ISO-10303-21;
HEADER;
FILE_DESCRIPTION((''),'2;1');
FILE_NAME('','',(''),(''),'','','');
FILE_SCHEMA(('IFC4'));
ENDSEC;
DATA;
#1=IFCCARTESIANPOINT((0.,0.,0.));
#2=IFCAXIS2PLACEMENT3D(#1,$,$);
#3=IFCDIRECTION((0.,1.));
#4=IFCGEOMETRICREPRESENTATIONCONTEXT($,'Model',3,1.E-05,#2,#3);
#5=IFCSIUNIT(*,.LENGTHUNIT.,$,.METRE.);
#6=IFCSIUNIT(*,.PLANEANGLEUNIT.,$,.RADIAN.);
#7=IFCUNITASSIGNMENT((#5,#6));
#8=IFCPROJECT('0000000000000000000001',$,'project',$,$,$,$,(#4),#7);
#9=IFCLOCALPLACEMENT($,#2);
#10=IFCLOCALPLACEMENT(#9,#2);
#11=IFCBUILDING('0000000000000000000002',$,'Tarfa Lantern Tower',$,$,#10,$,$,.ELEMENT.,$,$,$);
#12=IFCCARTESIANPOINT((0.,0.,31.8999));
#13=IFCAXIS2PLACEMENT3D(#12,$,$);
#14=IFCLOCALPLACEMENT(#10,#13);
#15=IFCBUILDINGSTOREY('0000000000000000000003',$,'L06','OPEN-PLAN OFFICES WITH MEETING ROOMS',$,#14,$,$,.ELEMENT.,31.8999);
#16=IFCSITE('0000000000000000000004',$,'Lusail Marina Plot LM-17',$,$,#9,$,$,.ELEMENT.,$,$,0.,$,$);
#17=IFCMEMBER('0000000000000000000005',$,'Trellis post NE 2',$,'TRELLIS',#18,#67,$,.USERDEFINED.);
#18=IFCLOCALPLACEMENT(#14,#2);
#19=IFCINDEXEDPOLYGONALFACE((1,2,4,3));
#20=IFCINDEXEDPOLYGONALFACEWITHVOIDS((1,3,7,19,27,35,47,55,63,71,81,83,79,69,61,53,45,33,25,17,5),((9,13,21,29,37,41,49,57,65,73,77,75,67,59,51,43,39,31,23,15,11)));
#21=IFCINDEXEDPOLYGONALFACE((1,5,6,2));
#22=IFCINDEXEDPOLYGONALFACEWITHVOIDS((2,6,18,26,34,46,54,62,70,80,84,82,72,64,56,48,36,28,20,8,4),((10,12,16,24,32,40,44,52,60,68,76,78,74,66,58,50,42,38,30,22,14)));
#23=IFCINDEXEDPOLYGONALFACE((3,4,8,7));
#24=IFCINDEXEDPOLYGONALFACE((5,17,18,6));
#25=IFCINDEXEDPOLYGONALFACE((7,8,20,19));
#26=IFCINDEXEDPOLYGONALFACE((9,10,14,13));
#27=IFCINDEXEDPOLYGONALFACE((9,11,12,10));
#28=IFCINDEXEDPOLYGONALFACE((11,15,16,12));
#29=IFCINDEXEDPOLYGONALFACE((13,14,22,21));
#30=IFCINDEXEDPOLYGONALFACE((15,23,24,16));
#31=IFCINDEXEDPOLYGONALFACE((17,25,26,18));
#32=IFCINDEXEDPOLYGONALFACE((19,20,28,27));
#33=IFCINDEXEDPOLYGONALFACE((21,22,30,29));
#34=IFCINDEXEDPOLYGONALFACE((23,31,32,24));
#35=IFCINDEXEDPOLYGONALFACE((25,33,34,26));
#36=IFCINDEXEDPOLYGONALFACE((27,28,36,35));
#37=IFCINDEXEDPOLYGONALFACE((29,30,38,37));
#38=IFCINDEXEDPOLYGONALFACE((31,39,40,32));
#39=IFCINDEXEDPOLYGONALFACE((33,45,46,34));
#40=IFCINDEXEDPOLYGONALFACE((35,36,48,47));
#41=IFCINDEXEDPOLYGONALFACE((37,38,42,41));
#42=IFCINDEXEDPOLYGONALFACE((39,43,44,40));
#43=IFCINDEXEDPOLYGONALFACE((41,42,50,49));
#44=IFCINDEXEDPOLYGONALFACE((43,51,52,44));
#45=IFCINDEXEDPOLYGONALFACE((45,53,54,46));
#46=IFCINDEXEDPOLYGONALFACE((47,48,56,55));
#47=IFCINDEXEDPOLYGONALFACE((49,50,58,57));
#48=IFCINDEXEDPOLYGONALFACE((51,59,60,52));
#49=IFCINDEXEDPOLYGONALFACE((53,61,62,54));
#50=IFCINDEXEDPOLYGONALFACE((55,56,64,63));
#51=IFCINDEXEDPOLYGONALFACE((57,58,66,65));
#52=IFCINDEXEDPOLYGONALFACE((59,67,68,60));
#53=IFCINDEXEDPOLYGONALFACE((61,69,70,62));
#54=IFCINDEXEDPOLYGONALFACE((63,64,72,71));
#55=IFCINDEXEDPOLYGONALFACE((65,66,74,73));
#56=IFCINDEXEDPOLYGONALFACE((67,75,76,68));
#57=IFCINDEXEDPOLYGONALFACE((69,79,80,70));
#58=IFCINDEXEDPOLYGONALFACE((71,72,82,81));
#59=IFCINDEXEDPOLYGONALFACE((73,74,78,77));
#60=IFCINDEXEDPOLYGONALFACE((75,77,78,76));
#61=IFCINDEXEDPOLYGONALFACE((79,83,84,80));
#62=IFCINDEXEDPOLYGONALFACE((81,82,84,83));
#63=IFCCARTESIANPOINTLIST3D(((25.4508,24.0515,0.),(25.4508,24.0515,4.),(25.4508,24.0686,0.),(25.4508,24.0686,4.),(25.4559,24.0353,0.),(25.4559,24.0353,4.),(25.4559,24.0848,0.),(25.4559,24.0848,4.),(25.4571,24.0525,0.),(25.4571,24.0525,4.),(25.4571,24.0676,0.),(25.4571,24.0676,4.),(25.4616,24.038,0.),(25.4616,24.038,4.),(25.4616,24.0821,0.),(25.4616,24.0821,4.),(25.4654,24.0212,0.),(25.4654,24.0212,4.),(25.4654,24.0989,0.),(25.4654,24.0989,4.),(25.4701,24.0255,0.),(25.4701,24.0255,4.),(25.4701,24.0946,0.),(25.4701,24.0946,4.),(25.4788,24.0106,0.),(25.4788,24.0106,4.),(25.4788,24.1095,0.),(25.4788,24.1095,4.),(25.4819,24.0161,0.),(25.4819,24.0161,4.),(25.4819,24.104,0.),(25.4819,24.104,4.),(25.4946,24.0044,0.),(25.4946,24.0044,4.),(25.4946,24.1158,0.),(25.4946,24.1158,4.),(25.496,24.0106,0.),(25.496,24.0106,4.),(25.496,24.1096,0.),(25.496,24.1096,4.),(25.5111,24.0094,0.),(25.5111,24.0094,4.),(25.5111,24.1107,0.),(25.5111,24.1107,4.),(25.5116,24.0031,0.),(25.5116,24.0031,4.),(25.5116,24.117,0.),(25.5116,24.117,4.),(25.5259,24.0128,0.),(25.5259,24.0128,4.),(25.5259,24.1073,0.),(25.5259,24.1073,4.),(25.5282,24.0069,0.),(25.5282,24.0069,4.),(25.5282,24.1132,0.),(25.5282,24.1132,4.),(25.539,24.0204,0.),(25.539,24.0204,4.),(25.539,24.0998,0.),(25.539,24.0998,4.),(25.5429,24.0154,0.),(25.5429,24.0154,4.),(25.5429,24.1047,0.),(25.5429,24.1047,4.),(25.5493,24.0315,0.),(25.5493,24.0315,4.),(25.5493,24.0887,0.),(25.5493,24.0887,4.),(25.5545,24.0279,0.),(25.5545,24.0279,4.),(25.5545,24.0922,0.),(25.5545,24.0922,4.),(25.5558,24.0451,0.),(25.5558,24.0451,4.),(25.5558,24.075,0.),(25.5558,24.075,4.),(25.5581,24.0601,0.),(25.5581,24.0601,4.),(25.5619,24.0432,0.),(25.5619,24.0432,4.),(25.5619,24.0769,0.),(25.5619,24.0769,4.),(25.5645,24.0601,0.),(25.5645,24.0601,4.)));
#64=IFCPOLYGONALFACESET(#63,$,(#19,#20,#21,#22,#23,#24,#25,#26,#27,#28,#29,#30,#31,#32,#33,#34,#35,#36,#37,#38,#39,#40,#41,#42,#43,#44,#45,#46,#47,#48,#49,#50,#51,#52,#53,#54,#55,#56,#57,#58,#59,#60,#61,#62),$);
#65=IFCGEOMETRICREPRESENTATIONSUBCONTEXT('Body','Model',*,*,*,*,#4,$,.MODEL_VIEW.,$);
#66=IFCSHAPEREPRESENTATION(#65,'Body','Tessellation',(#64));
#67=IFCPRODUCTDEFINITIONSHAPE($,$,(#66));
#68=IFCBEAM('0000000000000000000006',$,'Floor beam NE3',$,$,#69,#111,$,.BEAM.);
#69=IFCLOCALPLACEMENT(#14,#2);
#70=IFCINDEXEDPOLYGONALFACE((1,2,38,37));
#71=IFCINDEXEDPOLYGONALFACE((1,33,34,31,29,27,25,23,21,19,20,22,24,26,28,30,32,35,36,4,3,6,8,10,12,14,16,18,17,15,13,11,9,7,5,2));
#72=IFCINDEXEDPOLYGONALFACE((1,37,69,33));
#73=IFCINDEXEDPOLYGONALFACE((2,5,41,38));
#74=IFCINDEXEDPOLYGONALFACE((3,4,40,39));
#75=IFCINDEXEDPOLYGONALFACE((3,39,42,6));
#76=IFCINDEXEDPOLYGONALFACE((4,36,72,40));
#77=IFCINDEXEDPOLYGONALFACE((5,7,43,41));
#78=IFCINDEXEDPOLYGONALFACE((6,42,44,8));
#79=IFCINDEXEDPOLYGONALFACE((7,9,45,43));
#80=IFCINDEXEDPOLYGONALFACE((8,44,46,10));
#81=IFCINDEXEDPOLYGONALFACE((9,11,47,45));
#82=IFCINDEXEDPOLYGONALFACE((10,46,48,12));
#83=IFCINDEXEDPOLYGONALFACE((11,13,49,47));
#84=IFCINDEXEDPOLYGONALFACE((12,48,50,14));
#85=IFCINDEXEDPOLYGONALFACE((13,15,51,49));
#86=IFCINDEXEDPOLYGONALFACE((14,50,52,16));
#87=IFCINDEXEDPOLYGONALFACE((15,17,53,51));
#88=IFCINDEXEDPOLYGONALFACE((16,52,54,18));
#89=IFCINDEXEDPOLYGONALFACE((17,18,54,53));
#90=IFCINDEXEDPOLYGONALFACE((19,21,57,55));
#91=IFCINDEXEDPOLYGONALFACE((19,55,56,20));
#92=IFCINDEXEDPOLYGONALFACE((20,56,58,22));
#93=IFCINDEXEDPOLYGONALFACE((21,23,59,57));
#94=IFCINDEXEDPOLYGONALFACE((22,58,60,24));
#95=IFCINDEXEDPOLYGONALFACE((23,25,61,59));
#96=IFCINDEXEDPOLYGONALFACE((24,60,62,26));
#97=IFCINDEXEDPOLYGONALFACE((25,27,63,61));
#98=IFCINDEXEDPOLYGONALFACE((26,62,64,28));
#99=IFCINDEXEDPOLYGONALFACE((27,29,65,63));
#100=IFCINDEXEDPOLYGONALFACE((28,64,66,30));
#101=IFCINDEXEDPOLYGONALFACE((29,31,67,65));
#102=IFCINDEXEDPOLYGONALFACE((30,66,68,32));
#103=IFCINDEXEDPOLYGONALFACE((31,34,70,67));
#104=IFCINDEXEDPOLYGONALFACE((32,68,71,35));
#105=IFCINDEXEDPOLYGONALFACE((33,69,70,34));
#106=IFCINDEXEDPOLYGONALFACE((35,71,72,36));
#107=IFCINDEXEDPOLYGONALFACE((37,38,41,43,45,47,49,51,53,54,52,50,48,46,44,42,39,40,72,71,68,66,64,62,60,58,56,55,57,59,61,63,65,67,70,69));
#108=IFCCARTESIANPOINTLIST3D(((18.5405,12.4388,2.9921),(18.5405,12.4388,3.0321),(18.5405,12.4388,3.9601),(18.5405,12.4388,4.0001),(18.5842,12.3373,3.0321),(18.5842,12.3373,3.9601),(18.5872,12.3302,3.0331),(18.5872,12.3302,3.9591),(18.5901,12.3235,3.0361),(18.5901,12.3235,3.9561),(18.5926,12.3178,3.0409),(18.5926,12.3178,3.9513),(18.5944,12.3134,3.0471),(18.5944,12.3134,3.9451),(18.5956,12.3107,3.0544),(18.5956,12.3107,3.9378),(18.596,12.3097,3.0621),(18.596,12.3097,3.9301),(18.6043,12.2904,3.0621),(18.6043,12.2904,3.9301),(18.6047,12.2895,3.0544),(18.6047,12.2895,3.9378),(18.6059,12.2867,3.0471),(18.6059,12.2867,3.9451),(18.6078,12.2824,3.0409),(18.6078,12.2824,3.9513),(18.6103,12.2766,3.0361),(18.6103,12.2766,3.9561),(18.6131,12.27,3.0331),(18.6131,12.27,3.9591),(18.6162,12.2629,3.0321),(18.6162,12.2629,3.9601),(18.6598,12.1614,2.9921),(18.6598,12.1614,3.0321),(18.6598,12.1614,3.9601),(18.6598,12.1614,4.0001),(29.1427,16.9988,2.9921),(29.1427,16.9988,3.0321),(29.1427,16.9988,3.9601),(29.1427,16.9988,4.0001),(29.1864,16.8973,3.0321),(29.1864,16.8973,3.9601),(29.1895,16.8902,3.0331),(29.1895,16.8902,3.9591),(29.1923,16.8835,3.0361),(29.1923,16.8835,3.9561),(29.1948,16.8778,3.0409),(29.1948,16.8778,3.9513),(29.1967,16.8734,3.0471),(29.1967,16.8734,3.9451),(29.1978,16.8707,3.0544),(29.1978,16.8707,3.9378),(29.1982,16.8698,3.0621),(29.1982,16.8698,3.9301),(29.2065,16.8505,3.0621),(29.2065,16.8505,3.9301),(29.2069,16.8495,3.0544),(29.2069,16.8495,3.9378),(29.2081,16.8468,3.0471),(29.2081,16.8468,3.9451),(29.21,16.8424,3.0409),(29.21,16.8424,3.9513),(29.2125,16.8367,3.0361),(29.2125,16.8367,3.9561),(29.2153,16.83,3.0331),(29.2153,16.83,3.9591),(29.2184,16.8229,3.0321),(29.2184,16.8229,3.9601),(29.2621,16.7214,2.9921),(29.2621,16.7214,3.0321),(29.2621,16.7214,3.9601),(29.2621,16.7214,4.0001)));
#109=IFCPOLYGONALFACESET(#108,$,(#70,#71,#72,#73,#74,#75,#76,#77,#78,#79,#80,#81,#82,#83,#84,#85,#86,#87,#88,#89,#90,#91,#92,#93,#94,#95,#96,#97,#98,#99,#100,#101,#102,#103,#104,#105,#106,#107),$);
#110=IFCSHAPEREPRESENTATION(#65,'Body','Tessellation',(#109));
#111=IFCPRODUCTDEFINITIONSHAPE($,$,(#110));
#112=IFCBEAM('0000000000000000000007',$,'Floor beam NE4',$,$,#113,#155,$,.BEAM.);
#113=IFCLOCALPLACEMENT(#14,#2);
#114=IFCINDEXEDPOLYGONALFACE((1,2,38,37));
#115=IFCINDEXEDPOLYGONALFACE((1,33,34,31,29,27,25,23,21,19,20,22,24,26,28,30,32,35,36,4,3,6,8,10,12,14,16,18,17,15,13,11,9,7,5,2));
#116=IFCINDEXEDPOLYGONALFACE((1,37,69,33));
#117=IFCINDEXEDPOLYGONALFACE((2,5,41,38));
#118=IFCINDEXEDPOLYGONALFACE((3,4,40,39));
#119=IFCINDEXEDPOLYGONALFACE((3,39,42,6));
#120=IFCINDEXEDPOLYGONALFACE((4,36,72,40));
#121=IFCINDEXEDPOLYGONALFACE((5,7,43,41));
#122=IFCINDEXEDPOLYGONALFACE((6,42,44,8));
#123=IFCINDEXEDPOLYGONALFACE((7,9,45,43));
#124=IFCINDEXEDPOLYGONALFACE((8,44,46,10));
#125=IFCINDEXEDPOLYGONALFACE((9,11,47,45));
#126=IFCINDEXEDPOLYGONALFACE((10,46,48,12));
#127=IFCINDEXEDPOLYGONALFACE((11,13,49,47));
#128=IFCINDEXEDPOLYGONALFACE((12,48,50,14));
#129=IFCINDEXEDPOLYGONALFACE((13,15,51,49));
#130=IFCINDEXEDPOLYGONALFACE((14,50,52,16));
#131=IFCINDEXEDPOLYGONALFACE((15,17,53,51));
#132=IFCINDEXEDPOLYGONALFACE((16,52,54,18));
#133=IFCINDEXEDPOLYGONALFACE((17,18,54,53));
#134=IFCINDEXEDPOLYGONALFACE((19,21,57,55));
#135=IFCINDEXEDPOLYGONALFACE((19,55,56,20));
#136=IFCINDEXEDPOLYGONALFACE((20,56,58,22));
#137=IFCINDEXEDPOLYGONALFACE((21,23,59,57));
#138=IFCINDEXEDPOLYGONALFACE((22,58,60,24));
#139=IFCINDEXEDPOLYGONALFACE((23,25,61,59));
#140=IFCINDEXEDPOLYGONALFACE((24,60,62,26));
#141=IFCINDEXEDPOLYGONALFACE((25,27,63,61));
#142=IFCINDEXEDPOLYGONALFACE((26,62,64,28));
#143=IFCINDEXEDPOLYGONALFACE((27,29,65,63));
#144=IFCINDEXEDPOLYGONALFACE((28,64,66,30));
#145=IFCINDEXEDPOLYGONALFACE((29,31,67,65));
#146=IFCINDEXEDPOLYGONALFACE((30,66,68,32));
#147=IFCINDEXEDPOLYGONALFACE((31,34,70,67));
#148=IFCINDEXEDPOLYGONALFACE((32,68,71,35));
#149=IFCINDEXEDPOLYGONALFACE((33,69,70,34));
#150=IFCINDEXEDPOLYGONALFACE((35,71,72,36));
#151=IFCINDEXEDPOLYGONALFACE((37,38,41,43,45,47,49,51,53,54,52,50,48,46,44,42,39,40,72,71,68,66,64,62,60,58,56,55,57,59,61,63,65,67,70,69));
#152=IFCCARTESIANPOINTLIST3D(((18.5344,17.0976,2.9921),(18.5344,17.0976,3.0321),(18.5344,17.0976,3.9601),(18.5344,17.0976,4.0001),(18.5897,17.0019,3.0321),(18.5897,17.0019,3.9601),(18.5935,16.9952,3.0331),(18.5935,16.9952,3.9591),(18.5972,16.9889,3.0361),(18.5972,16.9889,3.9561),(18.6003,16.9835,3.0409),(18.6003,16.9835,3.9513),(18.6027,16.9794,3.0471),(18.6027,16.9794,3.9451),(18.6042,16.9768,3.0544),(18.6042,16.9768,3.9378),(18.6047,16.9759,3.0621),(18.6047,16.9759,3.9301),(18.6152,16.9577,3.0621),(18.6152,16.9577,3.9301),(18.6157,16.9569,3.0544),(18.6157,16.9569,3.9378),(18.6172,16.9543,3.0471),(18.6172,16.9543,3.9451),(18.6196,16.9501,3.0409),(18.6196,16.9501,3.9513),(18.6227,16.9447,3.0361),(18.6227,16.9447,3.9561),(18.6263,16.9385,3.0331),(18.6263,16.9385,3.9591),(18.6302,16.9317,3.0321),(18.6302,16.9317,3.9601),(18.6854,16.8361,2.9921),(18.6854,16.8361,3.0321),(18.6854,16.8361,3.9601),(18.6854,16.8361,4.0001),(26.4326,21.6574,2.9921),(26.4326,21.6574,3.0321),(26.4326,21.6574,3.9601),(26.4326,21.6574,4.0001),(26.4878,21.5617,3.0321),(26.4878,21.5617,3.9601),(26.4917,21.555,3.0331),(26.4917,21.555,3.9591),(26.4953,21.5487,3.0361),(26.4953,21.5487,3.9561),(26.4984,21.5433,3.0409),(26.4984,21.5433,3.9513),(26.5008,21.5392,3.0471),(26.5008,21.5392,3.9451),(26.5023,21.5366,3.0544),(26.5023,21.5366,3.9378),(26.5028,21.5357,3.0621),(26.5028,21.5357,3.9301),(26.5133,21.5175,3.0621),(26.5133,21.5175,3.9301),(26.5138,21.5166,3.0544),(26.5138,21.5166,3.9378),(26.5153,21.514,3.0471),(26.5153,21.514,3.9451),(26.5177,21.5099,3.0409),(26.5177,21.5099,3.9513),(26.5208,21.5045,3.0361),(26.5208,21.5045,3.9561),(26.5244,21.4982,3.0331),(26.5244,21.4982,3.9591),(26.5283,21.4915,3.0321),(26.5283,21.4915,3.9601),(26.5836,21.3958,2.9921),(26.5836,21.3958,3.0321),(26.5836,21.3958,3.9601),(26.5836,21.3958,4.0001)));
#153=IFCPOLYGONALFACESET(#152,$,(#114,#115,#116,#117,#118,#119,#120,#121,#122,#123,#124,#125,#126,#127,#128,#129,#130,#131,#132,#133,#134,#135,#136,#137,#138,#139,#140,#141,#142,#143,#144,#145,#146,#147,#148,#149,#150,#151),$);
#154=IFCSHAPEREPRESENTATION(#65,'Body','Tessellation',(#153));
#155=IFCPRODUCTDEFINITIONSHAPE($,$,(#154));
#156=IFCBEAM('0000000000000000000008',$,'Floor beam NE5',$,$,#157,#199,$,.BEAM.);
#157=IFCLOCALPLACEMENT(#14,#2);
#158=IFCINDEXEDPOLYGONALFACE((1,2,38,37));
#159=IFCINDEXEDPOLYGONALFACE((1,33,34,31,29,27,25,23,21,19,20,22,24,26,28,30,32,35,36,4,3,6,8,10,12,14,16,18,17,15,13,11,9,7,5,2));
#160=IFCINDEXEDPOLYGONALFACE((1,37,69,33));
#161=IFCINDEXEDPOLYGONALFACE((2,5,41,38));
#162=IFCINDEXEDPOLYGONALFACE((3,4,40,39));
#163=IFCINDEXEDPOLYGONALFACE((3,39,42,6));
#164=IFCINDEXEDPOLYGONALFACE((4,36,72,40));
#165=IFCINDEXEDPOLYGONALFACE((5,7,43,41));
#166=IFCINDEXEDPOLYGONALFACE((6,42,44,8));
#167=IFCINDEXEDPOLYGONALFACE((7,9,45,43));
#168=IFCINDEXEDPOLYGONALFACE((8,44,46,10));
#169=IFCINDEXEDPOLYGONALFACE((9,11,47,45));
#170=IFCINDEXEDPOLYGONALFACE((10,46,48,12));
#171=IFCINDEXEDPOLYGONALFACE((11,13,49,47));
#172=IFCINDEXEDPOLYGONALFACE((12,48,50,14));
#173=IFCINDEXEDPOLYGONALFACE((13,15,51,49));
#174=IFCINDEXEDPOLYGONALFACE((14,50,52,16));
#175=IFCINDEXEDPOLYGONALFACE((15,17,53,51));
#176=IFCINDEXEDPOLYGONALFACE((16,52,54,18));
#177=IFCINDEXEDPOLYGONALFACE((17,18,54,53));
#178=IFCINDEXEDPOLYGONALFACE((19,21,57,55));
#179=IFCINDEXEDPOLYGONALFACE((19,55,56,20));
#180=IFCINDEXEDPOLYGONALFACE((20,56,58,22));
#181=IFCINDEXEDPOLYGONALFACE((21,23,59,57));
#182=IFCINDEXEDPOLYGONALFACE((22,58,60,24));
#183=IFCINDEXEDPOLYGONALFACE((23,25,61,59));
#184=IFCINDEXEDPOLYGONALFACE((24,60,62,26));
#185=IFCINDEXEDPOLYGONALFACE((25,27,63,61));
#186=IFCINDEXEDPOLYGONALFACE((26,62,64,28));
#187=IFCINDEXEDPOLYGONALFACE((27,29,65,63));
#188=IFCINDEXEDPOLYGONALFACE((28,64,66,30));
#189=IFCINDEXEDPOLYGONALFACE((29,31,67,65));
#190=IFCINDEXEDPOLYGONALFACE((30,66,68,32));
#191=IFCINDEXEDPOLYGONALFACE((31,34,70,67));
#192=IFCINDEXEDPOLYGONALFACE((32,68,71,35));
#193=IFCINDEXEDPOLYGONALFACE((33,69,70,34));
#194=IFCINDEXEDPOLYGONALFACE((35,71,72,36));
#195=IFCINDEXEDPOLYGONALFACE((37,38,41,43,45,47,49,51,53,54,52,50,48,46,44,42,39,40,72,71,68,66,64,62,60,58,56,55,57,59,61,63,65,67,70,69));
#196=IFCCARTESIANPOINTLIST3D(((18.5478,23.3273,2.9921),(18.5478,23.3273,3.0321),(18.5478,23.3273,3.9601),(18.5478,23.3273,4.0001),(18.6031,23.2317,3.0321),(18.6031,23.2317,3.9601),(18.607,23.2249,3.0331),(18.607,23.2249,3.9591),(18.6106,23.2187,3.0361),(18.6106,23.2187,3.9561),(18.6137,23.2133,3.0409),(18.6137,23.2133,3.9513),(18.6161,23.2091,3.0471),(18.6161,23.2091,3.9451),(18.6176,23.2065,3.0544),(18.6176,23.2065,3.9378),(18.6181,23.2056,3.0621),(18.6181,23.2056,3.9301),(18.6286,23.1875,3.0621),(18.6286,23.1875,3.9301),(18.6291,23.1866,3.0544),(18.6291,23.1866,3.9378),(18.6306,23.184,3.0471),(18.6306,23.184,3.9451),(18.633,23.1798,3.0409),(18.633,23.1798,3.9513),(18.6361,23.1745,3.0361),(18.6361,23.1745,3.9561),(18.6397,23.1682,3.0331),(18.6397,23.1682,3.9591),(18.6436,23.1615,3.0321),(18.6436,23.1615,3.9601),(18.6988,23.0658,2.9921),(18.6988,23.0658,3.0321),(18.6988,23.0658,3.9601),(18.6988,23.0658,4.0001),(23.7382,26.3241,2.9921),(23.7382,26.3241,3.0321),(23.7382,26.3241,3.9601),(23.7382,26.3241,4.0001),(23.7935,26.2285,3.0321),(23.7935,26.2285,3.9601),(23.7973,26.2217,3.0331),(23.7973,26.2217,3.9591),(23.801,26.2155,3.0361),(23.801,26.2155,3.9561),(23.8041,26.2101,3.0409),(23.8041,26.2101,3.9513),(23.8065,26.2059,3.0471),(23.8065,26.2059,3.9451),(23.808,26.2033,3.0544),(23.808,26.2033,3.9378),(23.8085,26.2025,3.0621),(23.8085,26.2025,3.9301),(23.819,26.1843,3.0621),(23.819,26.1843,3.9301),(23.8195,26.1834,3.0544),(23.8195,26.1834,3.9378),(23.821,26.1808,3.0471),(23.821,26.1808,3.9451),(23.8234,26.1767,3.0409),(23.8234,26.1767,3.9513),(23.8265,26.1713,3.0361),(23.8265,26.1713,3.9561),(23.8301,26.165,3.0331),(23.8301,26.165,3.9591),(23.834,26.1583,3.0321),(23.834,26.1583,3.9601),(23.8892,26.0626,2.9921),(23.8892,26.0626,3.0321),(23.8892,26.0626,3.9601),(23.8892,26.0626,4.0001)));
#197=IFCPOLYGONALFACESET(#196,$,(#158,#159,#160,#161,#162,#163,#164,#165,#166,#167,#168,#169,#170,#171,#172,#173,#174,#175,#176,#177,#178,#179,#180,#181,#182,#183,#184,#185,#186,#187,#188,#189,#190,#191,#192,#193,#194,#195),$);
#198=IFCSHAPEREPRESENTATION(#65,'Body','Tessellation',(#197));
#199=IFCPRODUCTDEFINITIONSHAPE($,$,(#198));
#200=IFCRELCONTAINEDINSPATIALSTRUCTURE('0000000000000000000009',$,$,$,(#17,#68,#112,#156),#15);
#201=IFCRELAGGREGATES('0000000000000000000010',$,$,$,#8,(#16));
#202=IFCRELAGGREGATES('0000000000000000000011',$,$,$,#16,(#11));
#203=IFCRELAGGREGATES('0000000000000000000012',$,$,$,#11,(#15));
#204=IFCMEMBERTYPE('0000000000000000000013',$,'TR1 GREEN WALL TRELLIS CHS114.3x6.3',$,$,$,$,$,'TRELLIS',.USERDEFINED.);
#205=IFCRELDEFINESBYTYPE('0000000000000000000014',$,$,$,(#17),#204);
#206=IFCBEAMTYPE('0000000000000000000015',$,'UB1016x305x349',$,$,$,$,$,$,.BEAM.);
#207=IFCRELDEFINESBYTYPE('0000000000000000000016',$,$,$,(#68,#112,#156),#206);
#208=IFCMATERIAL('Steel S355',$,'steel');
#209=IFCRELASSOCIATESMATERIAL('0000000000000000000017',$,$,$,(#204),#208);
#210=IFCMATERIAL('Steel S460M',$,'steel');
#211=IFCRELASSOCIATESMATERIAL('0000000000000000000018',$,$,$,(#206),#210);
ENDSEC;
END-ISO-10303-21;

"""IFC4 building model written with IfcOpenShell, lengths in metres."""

from ifc_helpers import new_model, si_unit, direction, frame, origin, origin_2d, place, context, subcontext, project, spatial, hollow_circle, i_section, extrude, material, material_profile, profile_set, type_object, element, save


model = new_model("IFC4")

# Units and contexts
model_context = context("Model", 3, precision=1e-05, world=origin(), true_north=direction((0.0, 1.0)))
body_context = subcontext(model_context, "Body", "Model", "MODEL_VIEW")
ifc_project = project(units=[si_unit("LENGTHUNIT", "METRE"), si_unit("PLANEANGLEUNIT", "RADIAN")], contexts=[model_context])

# Site, building, storey
site_placement = place(None, origin())
site = spatial("IfcSite", under=ifc_project, at=site_placement, Name="Lusail Marina Plot LM-17", CompositionType="ELEMENT", RefElevation=0.0)
building_placement = place(site_placement, origin())
building = spatial("IfcBuilding", under=site, at=building_placement, Name="Tarfa Lantern Tower", CompositionType="ELEMENT")
storey_placement = place(building_placement, frame((0.0, 0.0, 31.8999)))
storey = spatial("IfcBuildingStorey", under=building, at=storey_placement, Name="L06", Description="OPEN-PLAN OFFICES WITH MEETING ROOMS", CompositionType="ELEMENT", Elevation=31.8999)

# Member
ifc_material_1 = material(Name="Steel S355", Category="steel")
ifc_material_profile_1 = material_profile(ifc_material_1, hollow_circle(Radius=0.0571, WallThickness=0.0063, at=origin_2d()), Name="CHS114.3x6.3")
ifc_profile_set_1 = profile_set([ifc_material_profile_1], Name="Steel S355")
member_type_1 = type_object("IfcMemberType", Name="TR1 GREEN WALL TRELLIS CHS114.3x6.3", ElementType="TRELLIS", PredefinedType="USERDEFINED", material=ifc_profile_set_1)
member_1_placement = place(storey_placement, frame((25.5073, 24.0601, 0.0), z_axis=(0.0, 0.0, 1.0), x_axis=(1.0, 0.0, 0.0)))
element("IfcMember", 1, at=member_1_placement, inside=storey, type_object=member_type_1, Name="Trellis post NE 2", ObjectType="TRELLIS", PredefinedType="USERDEFINED", context=body_context, shape_type="SweptSolid", body=[
    extrude(hollow_circle(Radius=0.0571, WallThickness=0.0063, at=origin_2d()), origin(), (0.0, 0.0, 1.0), 4.0),
])

# Beams
ifc_material_2 = material(Name="Steel S460M", Category="steel")
ifc_material_profile_2 = material_profile(ifc_material_2, i_section(OverallWidth=0.302, OverallDepth=1.0081, WebThickness=0.021, FlangeThickness=0.04, FilletRadius=0.03, at=origin_2d()), Name="UB1016x305x349")
ifc_profile_set_2 = profile_set([ifc_material_profile_2], Name="Steel S460M")
beam_type_1 = type_object("IfcBeamType", Name="UB1016x305x349", PredefinedType="BEAM", material=ifc_profile_set_2)
beam_1_placement = place(storey_placement, frame((29.2024, 16.8601, 3.4961), z_axis=(-0.918635, -0.395106, 0.0), x_axis=(0.395106, -0.918635, 0.0)))
element("IfcBeam", 2, at=beam_1_placement, inside=storey, type_object=beam_type_1, Name="Floor beam NE3", PredefinedType="BEAM", context=body_context, shape_type="SweptSolid", body=[
    extrude(i_section(OverallWidth=0.302, OverallDepth=1.0081, WebThickness=0.021, FlangeThickness=0.04, FilletRadius=0.03, at=origin_2d()), origin(), (0.0, 0.0, 1.0), 11.5413),
])
beam_2_placement = place(storey_placement, frame((26.5081, 21.5266, 3.4961), z_axis=(-0.866035, -0.499983, 0.0), x_axis=(0.499983, -0.866035, 0.0)))
element("IfcBeam", 3, at=beam_2_placement, inside=storey, type_object=beam_type_1, Name="Floor beam NE4", PredefinedType="BEAM", context=body_context, shape_type="SweptSolid", body=[
    extrude(i_section(OverallWidth=0.302, OverallDepth=1.0081, WebThickness=0.021, FlangeThickness=0.04, FilletRadius=0.03, at=origin_2d()), origin(), (0.0, 0.0, 1.0), 9.1199),
])
beam_3_placement = place(storey_placement, frame((23.8137, 26.1934, 3.4961), z_axis=(-0.866016, -0.500016, 0.0), x_axis=(0.500016, -0.866016, 0.0)))
element("IfcBeam", 4, at=beam_3_placement, inside=storey, type_object=beam_type_1, Name="Floor beam NE5", PredefinedType="BEAM", context=body_context, shape_type="SweptSolid", body=[
    extrude(i_section(OverallWidth=0.302, OverallDepth=1.0081, WebThickness=0.021, FlangeThickness=0.04, FilletRadius=0.03, at=origin_2d()), origin(), (0.0, 0.0, 1.0), 5.9934),
])

save(model, "model.ifc")
